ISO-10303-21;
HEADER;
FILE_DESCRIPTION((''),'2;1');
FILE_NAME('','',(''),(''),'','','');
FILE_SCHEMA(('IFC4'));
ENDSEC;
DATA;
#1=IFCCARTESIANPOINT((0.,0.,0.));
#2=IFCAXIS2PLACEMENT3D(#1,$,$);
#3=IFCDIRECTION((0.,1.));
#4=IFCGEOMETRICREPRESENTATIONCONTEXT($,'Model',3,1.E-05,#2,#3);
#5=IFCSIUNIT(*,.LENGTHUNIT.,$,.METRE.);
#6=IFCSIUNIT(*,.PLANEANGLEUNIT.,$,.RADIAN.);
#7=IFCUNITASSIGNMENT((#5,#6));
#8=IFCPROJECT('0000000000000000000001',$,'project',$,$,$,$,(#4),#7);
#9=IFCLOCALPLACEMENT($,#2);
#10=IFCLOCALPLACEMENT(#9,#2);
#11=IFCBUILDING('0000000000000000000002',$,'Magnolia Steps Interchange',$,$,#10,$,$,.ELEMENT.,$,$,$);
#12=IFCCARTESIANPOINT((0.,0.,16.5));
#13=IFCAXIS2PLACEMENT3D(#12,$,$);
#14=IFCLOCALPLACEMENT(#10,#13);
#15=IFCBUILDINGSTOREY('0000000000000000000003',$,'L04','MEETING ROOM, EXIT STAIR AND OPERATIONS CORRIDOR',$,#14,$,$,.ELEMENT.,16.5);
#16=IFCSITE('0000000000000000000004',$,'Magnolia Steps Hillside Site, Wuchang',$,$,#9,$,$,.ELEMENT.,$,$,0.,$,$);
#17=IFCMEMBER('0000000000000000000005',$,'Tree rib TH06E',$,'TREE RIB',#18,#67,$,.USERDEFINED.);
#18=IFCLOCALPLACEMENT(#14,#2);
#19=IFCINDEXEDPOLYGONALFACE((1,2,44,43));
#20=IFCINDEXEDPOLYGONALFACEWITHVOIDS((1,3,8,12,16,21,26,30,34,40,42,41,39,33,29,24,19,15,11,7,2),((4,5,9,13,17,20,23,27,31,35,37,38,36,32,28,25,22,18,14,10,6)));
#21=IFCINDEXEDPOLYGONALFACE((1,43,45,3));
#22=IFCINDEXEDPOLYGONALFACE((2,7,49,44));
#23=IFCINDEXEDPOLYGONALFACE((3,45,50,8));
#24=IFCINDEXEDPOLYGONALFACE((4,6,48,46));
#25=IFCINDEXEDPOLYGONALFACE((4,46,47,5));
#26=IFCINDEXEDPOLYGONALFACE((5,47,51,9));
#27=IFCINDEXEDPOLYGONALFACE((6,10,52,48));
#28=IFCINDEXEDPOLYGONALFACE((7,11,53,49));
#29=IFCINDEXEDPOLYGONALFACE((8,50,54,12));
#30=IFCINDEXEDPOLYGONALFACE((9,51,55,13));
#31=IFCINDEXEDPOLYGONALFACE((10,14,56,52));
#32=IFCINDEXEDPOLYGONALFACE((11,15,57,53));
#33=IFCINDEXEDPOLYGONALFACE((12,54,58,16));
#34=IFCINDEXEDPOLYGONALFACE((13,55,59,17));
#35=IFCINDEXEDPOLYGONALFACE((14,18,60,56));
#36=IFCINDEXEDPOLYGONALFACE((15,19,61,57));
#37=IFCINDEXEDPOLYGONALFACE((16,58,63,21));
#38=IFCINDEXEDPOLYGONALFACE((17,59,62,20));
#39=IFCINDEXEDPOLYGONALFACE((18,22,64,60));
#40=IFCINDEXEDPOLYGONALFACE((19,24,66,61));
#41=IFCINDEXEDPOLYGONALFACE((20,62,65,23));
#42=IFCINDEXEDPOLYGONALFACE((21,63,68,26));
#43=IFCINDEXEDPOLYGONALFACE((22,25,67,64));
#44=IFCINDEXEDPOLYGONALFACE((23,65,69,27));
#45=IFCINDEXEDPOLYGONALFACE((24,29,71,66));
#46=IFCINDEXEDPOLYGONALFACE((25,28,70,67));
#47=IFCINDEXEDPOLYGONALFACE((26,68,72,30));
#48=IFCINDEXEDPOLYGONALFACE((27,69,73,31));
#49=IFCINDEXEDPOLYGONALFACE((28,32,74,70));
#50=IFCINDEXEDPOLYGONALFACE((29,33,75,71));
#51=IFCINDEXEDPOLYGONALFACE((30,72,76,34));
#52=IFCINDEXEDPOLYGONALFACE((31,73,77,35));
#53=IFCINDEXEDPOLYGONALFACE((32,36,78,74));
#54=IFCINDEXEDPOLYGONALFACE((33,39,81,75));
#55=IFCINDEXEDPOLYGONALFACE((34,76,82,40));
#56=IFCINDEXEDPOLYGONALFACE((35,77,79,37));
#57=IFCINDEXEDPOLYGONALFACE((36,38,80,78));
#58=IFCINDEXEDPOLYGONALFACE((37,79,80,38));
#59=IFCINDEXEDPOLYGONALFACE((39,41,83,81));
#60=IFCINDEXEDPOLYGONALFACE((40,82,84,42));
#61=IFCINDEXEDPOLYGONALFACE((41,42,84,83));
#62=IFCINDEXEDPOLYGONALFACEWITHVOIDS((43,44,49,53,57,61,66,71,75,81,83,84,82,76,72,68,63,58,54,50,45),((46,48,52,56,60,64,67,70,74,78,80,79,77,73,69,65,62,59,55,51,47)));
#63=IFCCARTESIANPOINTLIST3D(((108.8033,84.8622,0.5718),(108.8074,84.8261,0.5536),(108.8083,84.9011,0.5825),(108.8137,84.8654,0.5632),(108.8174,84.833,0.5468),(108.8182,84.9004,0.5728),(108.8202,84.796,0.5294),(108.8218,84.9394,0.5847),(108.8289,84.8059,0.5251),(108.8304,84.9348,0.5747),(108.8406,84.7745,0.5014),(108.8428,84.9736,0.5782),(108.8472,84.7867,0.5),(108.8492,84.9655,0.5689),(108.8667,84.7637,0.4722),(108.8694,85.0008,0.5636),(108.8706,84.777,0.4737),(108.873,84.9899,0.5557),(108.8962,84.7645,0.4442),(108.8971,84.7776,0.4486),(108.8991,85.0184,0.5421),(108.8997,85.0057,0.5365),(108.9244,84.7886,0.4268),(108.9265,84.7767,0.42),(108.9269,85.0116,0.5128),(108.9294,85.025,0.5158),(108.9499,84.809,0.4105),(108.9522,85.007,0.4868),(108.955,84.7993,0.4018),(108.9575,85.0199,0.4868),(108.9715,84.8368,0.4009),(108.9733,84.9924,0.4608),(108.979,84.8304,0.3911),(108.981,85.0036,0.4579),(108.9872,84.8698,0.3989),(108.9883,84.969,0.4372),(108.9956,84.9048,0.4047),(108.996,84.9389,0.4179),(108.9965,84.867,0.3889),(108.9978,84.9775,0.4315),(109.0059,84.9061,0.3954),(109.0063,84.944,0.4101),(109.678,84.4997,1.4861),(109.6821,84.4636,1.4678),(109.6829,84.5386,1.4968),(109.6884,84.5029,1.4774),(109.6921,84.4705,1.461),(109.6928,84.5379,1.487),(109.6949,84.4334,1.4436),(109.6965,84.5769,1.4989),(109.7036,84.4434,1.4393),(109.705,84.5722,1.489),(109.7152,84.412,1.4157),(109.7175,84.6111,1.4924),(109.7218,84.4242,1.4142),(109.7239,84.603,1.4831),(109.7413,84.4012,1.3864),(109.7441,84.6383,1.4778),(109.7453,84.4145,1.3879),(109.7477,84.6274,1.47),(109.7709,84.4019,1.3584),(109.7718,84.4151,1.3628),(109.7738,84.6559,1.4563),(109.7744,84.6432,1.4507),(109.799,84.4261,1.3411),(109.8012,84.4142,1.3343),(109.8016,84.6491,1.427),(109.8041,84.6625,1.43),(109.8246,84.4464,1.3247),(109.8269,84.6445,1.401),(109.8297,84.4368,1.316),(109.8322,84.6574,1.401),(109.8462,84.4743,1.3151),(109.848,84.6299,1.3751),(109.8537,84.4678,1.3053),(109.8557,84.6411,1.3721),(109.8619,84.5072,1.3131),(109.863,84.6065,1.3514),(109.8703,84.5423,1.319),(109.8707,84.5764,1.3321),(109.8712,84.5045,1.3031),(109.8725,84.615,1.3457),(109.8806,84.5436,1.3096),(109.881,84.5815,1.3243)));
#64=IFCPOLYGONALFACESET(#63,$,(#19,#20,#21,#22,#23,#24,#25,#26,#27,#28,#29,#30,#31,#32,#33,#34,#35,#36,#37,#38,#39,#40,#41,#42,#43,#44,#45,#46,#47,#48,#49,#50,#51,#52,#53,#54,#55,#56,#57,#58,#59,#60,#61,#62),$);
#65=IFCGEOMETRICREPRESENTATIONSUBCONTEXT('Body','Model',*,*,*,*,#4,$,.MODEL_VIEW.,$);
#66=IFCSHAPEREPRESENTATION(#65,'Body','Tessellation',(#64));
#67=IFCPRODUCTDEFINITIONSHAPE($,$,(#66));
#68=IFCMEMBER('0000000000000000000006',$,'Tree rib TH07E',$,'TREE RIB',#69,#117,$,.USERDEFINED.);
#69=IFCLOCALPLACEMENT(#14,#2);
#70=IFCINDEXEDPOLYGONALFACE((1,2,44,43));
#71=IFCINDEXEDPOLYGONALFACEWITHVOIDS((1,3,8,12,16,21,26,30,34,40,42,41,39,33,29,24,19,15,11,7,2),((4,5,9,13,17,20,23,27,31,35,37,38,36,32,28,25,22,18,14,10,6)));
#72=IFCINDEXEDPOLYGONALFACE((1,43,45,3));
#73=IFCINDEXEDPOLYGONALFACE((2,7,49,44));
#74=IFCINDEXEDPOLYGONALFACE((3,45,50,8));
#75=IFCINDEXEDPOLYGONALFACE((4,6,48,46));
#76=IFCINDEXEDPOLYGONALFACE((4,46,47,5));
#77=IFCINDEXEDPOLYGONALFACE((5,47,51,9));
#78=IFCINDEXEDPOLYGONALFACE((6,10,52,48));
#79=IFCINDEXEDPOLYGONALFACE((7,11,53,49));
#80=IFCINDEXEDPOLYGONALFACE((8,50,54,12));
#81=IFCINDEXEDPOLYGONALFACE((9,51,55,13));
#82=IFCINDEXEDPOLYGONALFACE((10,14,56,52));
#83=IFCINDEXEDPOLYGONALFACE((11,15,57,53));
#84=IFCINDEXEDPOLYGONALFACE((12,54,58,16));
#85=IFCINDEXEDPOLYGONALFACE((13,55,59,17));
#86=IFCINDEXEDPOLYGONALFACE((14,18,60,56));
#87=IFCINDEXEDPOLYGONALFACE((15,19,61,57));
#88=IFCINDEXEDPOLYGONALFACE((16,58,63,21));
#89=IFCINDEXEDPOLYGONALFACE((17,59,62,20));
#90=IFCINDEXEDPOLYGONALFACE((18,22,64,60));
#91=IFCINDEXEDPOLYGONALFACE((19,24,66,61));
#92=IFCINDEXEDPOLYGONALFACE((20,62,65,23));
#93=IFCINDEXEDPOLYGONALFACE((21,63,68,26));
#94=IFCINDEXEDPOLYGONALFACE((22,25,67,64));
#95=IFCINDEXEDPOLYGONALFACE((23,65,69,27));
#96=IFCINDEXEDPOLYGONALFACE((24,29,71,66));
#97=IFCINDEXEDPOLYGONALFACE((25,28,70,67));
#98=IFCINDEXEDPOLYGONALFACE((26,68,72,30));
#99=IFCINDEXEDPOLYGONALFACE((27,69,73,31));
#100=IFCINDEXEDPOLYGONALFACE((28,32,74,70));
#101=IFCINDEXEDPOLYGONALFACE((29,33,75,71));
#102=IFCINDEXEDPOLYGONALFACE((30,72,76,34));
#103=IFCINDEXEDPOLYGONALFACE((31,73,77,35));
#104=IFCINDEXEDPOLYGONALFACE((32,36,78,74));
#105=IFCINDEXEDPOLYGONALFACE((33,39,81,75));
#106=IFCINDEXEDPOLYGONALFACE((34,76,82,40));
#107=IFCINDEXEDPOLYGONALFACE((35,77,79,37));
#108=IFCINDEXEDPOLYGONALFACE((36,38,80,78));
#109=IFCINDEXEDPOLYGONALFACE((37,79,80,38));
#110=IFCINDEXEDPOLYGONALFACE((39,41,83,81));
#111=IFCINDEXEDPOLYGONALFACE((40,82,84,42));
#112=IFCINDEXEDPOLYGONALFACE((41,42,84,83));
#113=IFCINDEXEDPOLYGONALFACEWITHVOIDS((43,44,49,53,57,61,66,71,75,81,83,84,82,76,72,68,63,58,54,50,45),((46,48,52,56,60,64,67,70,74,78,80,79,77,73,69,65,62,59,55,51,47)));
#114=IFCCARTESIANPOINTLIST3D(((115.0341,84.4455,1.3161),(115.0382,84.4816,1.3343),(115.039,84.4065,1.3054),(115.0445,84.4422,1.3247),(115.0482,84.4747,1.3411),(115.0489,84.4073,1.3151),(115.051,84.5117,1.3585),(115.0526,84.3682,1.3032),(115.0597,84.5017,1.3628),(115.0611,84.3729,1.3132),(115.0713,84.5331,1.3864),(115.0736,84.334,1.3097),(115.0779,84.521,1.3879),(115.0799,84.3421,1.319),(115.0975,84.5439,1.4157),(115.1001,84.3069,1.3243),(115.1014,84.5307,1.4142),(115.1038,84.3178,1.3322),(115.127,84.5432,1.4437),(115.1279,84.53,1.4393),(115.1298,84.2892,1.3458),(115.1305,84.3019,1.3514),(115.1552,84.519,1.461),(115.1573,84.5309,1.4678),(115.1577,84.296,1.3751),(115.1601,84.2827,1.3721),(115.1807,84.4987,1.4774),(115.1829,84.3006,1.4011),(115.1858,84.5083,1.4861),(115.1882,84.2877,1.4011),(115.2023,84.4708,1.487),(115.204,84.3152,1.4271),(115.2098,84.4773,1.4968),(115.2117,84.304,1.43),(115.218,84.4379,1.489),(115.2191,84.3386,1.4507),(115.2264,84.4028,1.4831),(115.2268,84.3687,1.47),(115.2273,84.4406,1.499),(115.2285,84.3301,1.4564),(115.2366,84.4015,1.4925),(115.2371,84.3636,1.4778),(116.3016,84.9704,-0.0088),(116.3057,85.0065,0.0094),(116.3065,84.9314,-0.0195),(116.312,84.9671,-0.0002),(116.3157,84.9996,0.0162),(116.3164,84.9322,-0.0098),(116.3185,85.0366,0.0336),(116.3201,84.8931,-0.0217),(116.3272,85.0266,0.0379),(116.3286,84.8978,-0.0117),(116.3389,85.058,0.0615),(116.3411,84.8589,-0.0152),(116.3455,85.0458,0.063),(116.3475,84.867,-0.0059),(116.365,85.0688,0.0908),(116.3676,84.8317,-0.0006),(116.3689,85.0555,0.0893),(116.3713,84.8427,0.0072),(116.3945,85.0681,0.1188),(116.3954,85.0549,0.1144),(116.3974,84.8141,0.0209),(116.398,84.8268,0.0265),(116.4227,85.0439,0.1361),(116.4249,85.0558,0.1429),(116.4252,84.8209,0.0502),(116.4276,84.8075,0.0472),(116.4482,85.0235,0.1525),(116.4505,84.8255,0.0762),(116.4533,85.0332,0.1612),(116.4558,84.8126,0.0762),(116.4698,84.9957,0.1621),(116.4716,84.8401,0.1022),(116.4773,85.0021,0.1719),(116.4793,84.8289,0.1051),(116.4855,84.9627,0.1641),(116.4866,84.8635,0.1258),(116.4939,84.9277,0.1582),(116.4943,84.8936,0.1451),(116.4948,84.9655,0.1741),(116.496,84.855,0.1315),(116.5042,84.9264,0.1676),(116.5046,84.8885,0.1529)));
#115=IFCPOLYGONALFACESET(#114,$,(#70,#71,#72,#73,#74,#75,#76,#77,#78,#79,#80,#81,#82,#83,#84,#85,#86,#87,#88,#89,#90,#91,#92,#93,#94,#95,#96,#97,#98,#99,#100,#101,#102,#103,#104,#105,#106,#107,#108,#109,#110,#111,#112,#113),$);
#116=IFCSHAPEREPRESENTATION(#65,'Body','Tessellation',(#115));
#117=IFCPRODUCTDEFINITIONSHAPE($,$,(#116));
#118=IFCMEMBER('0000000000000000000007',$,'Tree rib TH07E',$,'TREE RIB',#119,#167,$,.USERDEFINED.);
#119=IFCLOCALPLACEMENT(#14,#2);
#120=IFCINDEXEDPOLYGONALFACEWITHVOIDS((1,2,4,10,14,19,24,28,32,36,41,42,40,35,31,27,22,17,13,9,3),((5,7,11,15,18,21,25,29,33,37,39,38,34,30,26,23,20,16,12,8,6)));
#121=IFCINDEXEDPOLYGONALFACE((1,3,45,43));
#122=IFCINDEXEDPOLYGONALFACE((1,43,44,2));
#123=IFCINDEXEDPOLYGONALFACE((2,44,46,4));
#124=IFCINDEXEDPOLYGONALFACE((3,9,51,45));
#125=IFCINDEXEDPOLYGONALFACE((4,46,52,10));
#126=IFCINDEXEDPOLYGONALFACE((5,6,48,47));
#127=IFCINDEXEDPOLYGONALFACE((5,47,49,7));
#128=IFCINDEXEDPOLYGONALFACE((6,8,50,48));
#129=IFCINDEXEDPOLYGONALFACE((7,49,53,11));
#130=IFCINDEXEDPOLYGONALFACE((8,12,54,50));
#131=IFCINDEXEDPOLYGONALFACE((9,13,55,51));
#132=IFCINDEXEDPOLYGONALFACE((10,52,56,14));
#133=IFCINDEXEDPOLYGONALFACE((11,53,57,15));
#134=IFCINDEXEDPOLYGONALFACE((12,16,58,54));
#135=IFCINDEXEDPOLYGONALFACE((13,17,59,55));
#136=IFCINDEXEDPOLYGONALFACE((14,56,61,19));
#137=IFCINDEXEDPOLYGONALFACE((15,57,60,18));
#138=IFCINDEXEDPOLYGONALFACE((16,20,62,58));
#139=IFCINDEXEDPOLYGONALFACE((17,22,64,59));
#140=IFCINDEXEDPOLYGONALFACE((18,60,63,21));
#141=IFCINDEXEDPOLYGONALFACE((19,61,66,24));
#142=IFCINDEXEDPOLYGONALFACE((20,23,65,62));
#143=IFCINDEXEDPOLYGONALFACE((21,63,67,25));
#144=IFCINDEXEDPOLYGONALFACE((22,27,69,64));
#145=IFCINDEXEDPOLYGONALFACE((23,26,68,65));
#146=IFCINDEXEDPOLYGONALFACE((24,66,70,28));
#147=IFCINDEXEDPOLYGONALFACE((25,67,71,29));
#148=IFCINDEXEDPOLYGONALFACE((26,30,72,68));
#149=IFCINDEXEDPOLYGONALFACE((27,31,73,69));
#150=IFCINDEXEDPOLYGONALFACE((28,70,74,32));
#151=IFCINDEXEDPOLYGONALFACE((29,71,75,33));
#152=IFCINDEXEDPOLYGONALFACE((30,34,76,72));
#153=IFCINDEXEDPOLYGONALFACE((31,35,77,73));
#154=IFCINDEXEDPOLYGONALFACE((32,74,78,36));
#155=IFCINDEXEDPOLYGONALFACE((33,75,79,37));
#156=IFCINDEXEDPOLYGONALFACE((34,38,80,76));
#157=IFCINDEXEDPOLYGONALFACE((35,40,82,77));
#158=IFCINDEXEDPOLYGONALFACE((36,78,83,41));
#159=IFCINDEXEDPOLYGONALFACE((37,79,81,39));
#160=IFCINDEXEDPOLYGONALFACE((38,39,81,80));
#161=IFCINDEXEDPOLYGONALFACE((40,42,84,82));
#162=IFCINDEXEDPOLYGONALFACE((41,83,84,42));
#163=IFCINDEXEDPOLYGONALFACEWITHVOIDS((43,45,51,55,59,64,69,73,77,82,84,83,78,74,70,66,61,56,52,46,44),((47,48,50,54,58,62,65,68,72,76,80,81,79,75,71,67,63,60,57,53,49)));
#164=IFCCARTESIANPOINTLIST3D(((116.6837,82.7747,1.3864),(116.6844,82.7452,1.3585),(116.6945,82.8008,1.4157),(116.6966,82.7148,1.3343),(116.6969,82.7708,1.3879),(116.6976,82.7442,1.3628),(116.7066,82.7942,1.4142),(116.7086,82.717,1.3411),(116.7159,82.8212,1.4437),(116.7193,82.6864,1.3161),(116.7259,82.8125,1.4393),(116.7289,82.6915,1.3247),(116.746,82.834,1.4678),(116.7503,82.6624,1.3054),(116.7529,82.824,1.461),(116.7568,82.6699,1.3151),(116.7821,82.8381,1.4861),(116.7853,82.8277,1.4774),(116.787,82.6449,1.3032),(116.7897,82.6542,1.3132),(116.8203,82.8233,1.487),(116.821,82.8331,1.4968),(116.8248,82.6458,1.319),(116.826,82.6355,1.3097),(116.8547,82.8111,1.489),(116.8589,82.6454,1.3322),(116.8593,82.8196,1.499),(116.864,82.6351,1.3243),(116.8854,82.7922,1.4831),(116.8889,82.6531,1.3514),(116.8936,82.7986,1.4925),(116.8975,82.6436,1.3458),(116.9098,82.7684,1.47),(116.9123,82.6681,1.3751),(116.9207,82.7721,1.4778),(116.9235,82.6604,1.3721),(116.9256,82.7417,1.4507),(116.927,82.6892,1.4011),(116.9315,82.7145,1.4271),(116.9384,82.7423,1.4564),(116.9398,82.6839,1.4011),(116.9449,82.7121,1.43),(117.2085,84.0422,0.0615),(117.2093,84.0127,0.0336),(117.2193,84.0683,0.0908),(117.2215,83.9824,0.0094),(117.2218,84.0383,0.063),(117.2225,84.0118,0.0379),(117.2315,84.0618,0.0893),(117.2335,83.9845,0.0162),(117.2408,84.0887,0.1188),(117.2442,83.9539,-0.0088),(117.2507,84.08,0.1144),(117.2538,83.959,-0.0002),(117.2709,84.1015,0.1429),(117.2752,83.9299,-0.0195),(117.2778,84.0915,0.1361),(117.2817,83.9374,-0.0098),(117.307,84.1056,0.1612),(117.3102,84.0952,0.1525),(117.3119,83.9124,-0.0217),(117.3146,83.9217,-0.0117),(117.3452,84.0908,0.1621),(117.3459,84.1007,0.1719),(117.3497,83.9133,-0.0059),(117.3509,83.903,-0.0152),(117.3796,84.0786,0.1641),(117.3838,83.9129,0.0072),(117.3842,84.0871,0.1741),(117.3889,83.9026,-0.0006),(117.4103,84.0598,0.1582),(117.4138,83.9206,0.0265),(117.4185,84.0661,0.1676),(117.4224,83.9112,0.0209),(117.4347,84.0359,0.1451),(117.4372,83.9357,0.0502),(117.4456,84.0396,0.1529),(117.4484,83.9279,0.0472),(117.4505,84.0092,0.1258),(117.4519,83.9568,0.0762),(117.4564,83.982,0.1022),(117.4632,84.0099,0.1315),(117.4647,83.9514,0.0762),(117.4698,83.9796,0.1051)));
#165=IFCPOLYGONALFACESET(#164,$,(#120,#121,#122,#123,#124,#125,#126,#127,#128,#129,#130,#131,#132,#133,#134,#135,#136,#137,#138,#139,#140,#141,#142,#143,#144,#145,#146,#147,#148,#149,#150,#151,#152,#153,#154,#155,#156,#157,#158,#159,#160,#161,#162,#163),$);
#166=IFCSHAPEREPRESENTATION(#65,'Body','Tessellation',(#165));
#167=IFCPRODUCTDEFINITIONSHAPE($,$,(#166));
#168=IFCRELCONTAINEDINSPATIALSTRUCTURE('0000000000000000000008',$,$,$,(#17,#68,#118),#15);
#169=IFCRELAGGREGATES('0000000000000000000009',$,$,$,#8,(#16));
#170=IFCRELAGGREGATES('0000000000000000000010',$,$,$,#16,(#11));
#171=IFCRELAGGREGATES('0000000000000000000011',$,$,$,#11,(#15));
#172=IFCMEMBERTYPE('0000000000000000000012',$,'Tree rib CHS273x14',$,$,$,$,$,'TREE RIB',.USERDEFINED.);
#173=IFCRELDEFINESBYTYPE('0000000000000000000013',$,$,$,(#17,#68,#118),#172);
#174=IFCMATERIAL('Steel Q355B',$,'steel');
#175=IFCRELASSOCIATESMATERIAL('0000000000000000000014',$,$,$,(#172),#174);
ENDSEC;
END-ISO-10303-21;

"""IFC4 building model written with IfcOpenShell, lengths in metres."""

from ifc_helpers import new_model, si_unit, direction, frame, origin, origin_2d, place, context, subcontext, project, spatial, hollow_circle, extrude, material, material_profile, profile_set, type_object, element, save


model = new_model("IFC4")

# Units and contexts
model_context = context("Model", 3, precision=1e-05, world=origin(), true_north=direction((0.0, 1.0)))
body_context = subcontext(model_context, "Body", "Model", "MODEL_VIEW")
ifc_project = project(units=[si_unit("LENGTHUNIT", "METRE"), si_unit("PLANEANGLEUNIT", "RADIAN")], contexts=[model_context])

# Site, building, storey
site_placement = place(None, origin())
site = spatial("IfcSite", under=ifc_project, at=site_placement, Name="Magnolia Steps Hillside Site, Wuchang", CompositionType="ELEMENT", RefElevation=0.0)
building_placement = place(site_placement, origin())
building = spatial("IfcBuilding", under=site, at=building_placement, Name="Magnolia Steps Interchange", CompositionType="ELEMENT")
storey_placement = place(building_placement, frame((0.0, 0.0, 16.5)))
storey = spatial("IfcBuildingStorey", under=building, at=storey_placement, Name="L04", Description="MEETING ROOM, EXIT STAIR AND OPERATIONS CORRIDOR", CompositionType="ELEMENT", Elevation=16.5)

# Members
ifc_material_1 = material(Name="Steel Q355B", Category="steel")
ifc_material_profile_1 = material_profile(ifc_material_1, hollow_circle(Radius=0.1365, WallThickness=0.0139, at=origin_2d()), Name="CHS273x14")
ifc_profile_set_1 = profile_set([ifc_material_profile_1], Name="Steel Q355B")
member_type_1 = type_object("IfcMemberType", Name="Tree rib CHS273x14", ElementType="TREE RIB", PredefinedType="USERDEFINED", material=ifc_profile_set_1)
for number, where, z_axis, x_axis, name in (
    (1, (108.9053, 84.8938, 0.4868), (0.664566, -0.275434, 0.694613), (0.382876, 0.9238, 0.0), "Tree rib TH06E"),
):
    element("IfcMember", number, at=place(storey_placement, frame(where, z_axis=z_axis, x_axis=x_axis)), inside=storey, type_object=member_type_1, Name=name, ObjectType="TREE RIB", PredefinedType="USERDEFINED", context=body_context, shape_type="SweptSolid", body=[
        extrude(hollow_circle(Radius=0.1365, WallThickness=0.0139, at=origin_2d()), origin(), (0.0, 0.0, 1.0), 1.3162),
    ])
for number, where, z_axis, x_axis, name in (
    (2, (116.4036, 84.9387, 0.0762), (-0.664595, -0.275208, 0.694676), (0.382593, -0.923917, 0.0), "Tree rib TH07E"),
    (3, (117.3386, 84.0037, 0.0762), (-0.275208, -0.664595, 0.694676), (0.923917, -0.382593, 0.0), "Tree rib TH07E"),
):
    element("IfcMember", number, at=place(storey_placement, frame(where, z_axis=z_axis, x_axis=x_axis)), inside=storey, type_object=member_type_1, Name=name, ObjectType="TREE RIB", PredefinedType="USERDEFINED", context=body_context, shape_type="SweptSolid", body=[
        extrude(hollow_circle(Radius=0.1365, WallThickness=0.0139, at=origin_2d()), origin(), (0.0, 0.0, 1.0), 1.9072),
    ])

save(model, "model.ifc")
